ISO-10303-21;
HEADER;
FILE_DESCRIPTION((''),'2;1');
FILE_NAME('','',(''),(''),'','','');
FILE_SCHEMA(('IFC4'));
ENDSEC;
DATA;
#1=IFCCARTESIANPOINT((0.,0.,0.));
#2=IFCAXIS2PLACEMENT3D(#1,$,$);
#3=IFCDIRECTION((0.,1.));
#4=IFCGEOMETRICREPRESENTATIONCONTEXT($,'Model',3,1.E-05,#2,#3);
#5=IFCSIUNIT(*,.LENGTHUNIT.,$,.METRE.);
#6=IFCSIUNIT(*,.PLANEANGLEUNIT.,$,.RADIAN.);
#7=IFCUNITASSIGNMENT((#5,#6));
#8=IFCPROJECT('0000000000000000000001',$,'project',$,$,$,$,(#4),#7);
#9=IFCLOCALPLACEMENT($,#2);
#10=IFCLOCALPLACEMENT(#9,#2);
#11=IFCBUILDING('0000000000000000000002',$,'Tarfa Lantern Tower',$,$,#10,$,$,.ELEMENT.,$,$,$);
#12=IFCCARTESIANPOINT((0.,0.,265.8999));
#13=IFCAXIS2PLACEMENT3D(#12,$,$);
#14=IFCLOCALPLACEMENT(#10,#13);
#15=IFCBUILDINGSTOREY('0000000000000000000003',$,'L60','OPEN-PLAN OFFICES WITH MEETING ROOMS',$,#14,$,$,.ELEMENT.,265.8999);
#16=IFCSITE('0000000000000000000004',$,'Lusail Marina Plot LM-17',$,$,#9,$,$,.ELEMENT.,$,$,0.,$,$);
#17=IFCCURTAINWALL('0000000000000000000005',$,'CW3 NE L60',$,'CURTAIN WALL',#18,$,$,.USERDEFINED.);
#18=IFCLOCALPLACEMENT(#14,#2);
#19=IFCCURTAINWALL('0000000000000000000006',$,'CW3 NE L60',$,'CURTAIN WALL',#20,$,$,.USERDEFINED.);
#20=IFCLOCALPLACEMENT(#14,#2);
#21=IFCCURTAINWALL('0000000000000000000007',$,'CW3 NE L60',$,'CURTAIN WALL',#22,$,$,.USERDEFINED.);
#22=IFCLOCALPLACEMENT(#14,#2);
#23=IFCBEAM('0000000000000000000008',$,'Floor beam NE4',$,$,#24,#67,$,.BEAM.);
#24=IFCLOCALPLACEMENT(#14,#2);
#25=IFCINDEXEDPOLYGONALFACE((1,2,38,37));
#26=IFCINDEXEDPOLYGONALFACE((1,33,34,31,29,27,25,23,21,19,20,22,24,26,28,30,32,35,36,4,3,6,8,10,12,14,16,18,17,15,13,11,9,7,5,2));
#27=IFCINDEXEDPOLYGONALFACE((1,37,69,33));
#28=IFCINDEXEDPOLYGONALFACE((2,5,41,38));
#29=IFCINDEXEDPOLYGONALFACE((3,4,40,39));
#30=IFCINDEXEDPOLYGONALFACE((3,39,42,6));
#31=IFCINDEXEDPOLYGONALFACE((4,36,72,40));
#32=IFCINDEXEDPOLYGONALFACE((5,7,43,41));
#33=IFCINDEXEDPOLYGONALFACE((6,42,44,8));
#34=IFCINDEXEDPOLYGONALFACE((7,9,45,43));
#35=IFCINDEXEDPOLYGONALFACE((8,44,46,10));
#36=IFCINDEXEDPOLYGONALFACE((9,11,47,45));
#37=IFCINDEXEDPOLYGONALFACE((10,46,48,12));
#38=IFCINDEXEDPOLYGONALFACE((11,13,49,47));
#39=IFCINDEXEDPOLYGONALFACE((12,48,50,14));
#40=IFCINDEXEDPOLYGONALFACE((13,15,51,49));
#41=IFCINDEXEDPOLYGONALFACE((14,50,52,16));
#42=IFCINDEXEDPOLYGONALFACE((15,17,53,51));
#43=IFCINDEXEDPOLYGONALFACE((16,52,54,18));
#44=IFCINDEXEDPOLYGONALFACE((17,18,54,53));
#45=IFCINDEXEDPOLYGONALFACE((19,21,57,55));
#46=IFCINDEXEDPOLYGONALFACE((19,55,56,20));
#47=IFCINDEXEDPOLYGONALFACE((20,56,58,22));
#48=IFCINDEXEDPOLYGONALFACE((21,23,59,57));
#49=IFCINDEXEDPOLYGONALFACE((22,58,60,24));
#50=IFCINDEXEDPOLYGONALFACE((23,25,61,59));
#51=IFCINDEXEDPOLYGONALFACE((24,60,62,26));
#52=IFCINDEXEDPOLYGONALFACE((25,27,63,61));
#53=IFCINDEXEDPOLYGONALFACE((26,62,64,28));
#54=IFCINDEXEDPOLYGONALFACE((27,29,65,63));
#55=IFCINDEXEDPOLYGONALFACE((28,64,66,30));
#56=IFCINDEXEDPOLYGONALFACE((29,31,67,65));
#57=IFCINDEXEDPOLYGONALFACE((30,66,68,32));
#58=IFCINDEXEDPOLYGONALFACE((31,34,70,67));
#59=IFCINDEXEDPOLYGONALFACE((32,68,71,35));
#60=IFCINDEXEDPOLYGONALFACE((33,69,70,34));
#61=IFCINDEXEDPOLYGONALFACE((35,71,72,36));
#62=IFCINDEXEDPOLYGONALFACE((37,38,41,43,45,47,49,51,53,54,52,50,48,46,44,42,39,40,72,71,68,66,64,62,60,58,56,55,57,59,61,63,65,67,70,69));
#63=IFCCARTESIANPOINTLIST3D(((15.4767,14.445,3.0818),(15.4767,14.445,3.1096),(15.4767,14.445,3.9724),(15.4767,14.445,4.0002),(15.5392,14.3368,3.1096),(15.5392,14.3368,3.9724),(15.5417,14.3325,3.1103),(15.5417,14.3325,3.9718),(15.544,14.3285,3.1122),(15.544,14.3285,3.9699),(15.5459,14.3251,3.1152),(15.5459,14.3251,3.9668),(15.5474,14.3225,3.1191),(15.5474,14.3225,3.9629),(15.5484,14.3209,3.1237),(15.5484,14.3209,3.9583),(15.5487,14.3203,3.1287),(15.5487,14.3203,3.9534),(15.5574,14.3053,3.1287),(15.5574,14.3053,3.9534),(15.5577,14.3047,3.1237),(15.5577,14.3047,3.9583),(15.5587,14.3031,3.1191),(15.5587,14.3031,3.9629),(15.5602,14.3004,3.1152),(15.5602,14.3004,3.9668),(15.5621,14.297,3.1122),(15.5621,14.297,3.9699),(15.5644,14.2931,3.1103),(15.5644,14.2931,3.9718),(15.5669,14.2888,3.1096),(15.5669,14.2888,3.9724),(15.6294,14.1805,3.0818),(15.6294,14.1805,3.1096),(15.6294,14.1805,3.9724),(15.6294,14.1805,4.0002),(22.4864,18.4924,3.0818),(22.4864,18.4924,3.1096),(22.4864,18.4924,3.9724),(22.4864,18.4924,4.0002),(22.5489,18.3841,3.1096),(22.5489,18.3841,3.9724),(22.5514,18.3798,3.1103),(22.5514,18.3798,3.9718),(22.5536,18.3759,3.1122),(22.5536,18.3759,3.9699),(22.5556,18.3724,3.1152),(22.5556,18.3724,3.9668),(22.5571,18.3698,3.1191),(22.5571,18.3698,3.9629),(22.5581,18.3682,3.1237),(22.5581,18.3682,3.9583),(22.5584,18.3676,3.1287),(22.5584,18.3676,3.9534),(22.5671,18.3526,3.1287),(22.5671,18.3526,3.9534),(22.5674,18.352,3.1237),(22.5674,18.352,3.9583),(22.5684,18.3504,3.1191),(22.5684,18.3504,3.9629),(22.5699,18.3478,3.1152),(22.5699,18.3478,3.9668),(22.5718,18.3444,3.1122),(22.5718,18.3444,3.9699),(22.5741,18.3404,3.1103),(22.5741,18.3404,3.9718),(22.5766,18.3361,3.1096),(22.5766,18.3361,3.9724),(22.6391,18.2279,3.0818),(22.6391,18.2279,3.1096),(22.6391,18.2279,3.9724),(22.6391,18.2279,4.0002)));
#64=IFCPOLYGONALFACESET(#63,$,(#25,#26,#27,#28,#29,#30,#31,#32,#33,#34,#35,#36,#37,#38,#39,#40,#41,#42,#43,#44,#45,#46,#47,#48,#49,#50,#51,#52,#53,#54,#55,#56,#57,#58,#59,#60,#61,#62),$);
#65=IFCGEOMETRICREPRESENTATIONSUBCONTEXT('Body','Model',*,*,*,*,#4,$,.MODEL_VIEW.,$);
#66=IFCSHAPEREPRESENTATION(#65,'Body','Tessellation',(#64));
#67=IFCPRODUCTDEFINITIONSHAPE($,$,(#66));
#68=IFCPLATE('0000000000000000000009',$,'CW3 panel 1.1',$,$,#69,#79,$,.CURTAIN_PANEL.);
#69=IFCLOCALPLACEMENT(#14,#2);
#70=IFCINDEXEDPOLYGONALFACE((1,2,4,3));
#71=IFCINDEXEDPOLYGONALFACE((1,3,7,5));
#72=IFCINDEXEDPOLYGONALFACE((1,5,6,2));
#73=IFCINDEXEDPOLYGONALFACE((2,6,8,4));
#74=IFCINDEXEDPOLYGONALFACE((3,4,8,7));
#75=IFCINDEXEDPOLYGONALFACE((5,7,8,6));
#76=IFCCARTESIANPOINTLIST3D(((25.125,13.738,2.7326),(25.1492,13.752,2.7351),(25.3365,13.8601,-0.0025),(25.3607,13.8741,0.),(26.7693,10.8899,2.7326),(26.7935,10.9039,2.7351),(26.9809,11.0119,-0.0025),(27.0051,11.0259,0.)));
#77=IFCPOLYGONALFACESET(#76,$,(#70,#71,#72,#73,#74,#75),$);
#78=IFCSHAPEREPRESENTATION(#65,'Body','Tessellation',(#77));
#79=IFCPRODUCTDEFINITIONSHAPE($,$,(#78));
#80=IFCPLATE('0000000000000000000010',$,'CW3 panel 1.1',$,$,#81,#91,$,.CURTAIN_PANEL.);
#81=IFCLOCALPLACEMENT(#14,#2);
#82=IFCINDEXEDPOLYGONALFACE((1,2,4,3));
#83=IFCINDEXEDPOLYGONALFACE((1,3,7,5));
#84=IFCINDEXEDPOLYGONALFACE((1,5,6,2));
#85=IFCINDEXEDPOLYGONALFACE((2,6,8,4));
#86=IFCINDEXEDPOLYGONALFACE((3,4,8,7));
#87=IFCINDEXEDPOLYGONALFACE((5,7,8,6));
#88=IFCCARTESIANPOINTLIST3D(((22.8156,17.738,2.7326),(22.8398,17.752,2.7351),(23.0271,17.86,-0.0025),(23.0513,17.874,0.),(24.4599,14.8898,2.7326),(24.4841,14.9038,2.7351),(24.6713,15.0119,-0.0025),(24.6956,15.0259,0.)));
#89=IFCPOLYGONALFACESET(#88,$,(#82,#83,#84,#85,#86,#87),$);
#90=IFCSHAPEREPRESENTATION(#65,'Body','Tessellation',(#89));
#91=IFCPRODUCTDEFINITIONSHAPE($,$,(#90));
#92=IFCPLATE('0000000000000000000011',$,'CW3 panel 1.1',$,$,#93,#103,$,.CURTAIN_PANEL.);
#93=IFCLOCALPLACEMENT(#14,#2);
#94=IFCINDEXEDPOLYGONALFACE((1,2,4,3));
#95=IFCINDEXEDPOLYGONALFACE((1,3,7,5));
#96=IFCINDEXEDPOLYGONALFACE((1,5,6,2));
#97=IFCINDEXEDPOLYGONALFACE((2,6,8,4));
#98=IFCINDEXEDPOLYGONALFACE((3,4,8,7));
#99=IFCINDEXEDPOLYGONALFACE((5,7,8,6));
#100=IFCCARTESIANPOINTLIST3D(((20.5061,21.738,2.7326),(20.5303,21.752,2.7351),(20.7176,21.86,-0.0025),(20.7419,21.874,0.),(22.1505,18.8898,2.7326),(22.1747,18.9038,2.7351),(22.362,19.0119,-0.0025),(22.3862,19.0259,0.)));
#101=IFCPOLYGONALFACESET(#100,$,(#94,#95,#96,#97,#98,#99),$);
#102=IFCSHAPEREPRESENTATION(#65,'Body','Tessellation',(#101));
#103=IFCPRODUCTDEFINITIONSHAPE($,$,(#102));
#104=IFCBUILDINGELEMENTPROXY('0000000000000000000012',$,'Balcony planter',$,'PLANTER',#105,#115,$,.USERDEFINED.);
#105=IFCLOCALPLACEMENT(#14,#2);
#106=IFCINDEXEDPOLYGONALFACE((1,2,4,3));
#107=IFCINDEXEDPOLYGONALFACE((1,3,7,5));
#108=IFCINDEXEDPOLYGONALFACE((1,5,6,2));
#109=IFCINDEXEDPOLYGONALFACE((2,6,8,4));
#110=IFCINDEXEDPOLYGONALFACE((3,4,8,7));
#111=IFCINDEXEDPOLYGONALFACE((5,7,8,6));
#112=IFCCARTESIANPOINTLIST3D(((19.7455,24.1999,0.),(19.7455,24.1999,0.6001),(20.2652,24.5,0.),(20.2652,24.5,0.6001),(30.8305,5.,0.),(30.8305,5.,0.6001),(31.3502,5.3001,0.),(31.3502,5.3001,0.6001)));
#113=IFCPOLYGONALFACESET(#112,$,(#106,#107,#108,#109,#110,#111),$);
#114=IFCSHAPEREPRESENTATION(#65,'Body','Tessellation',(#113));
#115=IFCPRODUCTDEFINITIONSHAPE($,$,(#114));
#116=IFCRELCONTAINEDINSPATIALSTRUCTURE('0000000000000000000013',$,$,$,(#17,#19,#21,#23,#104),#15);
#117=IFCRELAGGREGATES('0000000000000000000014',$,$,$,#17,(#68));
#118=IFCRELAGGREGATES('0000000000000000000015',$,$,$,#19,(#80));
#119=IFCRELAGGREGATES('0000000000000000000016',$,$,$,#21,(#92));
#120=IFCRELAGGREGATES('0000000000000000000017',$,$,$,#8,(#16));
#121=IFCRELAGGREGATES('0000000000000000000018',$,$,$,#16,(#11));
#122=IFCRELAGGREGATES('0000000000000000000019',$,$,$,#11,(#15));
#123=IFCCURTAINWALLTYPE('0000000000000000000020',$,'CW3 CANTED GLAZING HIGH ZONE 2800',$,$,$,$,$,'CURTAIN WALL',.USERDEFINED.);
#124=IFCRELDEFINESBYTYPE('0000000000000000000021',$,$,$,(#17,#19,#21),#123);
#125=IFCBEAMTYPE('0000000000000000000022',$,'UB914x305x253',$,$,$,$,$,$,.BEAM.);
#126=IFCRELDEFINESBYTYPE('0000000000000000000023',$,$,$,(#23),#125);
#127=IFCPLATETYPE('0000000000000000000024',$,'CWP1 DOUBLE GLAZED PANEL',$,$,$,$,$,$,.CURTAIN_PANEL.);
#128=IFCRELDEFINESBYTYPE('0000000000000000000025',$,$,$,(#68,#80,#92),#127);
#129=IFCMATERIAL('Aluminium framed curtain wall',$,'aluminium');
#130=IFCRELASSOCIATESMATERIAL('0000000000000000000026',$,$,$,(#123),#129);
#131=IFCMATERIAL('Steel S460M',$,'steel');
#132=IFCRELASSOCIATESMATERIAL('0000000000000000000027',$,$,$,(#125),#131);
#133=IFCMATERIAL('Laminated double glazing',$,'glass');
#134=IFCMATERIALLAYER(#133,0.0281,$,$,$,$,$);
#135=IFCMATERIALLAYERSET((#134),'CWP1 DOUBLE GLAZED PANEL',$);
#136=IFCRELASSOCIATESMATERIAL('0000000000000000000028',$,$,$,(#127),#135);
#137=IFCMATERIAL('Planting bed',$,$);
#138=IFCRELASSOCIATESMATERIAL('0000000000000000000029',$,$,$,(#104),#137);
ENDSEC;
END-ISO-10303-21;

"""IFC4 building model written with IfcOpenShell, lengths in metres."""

from ifc_helpers import new_model, si_unit, direction, frame, origin, origin_2d, place, context, subcontext, project, spatial, polyline, rectangle, i_section, outline, extrude, material, layer, layer_set, material_profile, profile_set, type_object, element, aggregate, save


model = new_model("IFC4")

# Units and contexts
model_context = context("Model", 3, precision=1e-05, world=origin(), true_north=direction((0.0, 1.0)))
body_context = subcontext(model_context, "Body", "Model", "MODEL_VIEW")
ifc_project = project(units=[si_unit("LENGTHUNIT", "METRE"), si_unit("PLANEANGLEUNIT", "RADIAN")], contexts=[model_context])

# Site, building, storey
site_placement = place(None, origin())
site = spatial("IfcSite", under=ifc_project, at=site_placement, Name="Lusail Marina Plot LM-17", CompositionType="ELEMENT", RefElevation=0.0)
building_placement = place(site_placement, origin())
building = spatial("IfcBuilding", under=site, at=building_placement, Name="Tarfa Lantern Tower", CompositionType="ELEMENT")
storey_placement = place(building_placement, frame((0.0, 0.0, 265.8999)))
storey = spatial("IfcBuildingStorey", under=building, at=storey_placement, Name="L60", Description="OPEN-PLAN OFFICES WITH MEETING ROOMS", CompositionType="ELEMENT", Elevation=265.8999)

# Curtain walls
ifc_material_1 = material(Name="Aluminium framed curtain wall", Category="aluminium")
curtain_wall_type = type_object("IfcCurtainWallType", Name="CW3 CANTED GLAZING HIGH ZONE 2800", ElementType="CURTAIN WALL", PredefinedType="USERDEFINED", material=ifc_material_1)
curtain_wall_1_placement = place(storey_placement, origin())
curtain_wall_1 = element("IfcCurtainWall", 1, at=curtain_wall_1_placement, inside=storey, type_object=curtain_wall_type, Name="CW3 NE L60", ObjectType="CURTAIN WALL", PredefinedType="USERDEFINED")
curtain_wall_2_placement = place(storey_placement, origin())
curtain_wall_2 = element("IfcCurtainWall", 2, at=curtain_wall_2_placement, inside=storey, type_object=curtain_wall_type, Name="CW3 NE L60", ObjectType="CURTAIN WALL", PredefinedType="USERDEFINED")
curtain_wall_3_placement = place(storey_placement, origin())
curtain_wall_3 = element("IfcCurtainWall", 3, at=curtain_wall_3_placement, inside=storey, type_object=curtain_wall_type, Name="CW3 NE L60", ObjectType="CURTAIN WALL", PredefinedType="USERDEFINED")

# Beam
ifc_material_2 = material(Name="Steel S460M", Category="steel")
ifc_material_profile_1 = material_profile(ifc_material_2, i_section(OverallWidth=0.3054, OverallDepth=0.9185, WebThickness=0.0173, FlangeThickness=0.0278, FilletRadius=0.019, at=origin_2d()), Name="UB914x305x253")
ifc_profile_set_1 = profile_set([ifc_material_profile_1], Name="Steel S460M")
beam_type_1 = type_object("IfcBeamType", Name="UB914x305x253", PredefinedType="BEAM", material=ifc_profile_set_1)
beam_1_placement = place(storey_placement, frame((22.5627, 18.3601, 3.541), z_axis=(-0.866011, -0.500025, 0.0), x_axis=(0.500025, -0.866011, 0.0)))
element("IfcBeam", 4, at=beam_1_placement, inside=storey, type_object=beam_type_1, Name="Floor beam NE4", PredefinedType="BEAM", context=body_context, shape_type="SweptSolid", body=[
    extrude(i_section(OverallWidth=0.3054, OverallDepth=0.9185, WebThickness=0.0173, FlangeThickness=0.0278, FilletRadius=0.019, at=origin_2d()), origin(), (0.0, 0.0, 1.0), 8.0942),
])

# Plates
ifc_material_3 = material(Name="Laminated double glazing", Category="glass")
ifc_layer = layer(ifc_material_3, 0.0281)
ifc_layer_set = layer_set([ifc_layer], Name="CWP1 DOUBLE GLAZED PANEL")
plate_type = type_object("IfcPlateType", Name="CWP1 DOUBLE GLAZED PANEL", PredefinedType="CURTAIN_PANEL", material=ifc_layer_set)
plate_1_placement = place(storey_placement, frame((27.0051, 11.0259, 0.0), z_axis=(0.862589, 0.498026, 0.088945), x_axis=(-0.500008, 0.866021, 0.000003)))
plate_1 = element("IfcPlate", 5, at=plate_1_placement, type_object=plate_type, Name="CW3 panel 1.1", PredefinedType="CURTAIN_PANEL", context=body_context, shape_type="SweptSolid", body=[
    extrude(outline(polyline([(0.0, 0.0), (3.2888, 0.0), (3.2888, 2.746), (0.0001, 2.746), (0.0, 0.0)])), origin(), (0.0, 0.0, -1.0), 0.0281),
])
aggregate(curtain_wall_1, [plate_1])
plate_2_placement = place(storey_placement, frame((24.6956, 15.0259, 0.0), z_axis=(0.862608, 0.498, 0.088906), x_axis=(-0.499979, 0.866037, 0.0)))
plate_2 = element("IfcPlate", 6, at=plate_2_placement, type_object=plate_type, Name="CW3 panel 1.1", PredefinedType="CURTAIN_PANEL", context=body_context, shape_type="SweptSolid", body=[
    extrude(outline(polyline([(0.0, 0.0), (3.2887, 0.0), (3.2887, 2.746), (0.0, 2.746), (0.0, 0.0)])), origin(), (0.0, 0.0, -1.0), 0.0281),
])
aggregate(curtain_wall_2, [plate_2])
plate_3_placement = place(storey_placement, frame((22.3862, 19.0259, 0.0), z_axis=(0.862589, 0.498026, 0.088945), x_axis=(-0.500007, 0.866021, -0.000003)))
plate_3 = element("IfcPlate", 7, at=plate_3_placement, type_object=plate_type, Name="CW3 panel 1.1", PredefinedType="CURTAIN_PANEL", context=body_context, shape_type="SweptSolid", body=[
    extrude(outline(polyline([(0.0, 0.0), (3.2887, 0.0), (3.2888, 2.746), (0.0, 2.746), (0.0, 0.0)])), origin(), (0.0, 0.0, -1.0), 0.0281),
])
aggregate(curtain_wall_3, [plate_3])

# Building element proxy
ifc_material_4 = material(Name="Planting bed")
proxy_placement = place(storey_placement, frame((25.5479, 14.75, 0.0), z_axis=(0.0, 0.0, 1.0), x_axis=(-0.5, 0.866025, 0.0)))
element("IfcBuildingElementProxy", 8, at=proxy_placement, inside=storey, material=ifc_material_4, Name="Balcony planter", ObjectType="PLANTER", PredefinedType="USERDEFINED", context=body_context, shape_type="SweptSolid", body=[
    extrude(rectangle(XDim=22.1702, YDim=0.6001, at=origin_2d()), origin(), (0.0, 0.0, 1.0), 0.6001),
])

save(model, "model.ifc")
